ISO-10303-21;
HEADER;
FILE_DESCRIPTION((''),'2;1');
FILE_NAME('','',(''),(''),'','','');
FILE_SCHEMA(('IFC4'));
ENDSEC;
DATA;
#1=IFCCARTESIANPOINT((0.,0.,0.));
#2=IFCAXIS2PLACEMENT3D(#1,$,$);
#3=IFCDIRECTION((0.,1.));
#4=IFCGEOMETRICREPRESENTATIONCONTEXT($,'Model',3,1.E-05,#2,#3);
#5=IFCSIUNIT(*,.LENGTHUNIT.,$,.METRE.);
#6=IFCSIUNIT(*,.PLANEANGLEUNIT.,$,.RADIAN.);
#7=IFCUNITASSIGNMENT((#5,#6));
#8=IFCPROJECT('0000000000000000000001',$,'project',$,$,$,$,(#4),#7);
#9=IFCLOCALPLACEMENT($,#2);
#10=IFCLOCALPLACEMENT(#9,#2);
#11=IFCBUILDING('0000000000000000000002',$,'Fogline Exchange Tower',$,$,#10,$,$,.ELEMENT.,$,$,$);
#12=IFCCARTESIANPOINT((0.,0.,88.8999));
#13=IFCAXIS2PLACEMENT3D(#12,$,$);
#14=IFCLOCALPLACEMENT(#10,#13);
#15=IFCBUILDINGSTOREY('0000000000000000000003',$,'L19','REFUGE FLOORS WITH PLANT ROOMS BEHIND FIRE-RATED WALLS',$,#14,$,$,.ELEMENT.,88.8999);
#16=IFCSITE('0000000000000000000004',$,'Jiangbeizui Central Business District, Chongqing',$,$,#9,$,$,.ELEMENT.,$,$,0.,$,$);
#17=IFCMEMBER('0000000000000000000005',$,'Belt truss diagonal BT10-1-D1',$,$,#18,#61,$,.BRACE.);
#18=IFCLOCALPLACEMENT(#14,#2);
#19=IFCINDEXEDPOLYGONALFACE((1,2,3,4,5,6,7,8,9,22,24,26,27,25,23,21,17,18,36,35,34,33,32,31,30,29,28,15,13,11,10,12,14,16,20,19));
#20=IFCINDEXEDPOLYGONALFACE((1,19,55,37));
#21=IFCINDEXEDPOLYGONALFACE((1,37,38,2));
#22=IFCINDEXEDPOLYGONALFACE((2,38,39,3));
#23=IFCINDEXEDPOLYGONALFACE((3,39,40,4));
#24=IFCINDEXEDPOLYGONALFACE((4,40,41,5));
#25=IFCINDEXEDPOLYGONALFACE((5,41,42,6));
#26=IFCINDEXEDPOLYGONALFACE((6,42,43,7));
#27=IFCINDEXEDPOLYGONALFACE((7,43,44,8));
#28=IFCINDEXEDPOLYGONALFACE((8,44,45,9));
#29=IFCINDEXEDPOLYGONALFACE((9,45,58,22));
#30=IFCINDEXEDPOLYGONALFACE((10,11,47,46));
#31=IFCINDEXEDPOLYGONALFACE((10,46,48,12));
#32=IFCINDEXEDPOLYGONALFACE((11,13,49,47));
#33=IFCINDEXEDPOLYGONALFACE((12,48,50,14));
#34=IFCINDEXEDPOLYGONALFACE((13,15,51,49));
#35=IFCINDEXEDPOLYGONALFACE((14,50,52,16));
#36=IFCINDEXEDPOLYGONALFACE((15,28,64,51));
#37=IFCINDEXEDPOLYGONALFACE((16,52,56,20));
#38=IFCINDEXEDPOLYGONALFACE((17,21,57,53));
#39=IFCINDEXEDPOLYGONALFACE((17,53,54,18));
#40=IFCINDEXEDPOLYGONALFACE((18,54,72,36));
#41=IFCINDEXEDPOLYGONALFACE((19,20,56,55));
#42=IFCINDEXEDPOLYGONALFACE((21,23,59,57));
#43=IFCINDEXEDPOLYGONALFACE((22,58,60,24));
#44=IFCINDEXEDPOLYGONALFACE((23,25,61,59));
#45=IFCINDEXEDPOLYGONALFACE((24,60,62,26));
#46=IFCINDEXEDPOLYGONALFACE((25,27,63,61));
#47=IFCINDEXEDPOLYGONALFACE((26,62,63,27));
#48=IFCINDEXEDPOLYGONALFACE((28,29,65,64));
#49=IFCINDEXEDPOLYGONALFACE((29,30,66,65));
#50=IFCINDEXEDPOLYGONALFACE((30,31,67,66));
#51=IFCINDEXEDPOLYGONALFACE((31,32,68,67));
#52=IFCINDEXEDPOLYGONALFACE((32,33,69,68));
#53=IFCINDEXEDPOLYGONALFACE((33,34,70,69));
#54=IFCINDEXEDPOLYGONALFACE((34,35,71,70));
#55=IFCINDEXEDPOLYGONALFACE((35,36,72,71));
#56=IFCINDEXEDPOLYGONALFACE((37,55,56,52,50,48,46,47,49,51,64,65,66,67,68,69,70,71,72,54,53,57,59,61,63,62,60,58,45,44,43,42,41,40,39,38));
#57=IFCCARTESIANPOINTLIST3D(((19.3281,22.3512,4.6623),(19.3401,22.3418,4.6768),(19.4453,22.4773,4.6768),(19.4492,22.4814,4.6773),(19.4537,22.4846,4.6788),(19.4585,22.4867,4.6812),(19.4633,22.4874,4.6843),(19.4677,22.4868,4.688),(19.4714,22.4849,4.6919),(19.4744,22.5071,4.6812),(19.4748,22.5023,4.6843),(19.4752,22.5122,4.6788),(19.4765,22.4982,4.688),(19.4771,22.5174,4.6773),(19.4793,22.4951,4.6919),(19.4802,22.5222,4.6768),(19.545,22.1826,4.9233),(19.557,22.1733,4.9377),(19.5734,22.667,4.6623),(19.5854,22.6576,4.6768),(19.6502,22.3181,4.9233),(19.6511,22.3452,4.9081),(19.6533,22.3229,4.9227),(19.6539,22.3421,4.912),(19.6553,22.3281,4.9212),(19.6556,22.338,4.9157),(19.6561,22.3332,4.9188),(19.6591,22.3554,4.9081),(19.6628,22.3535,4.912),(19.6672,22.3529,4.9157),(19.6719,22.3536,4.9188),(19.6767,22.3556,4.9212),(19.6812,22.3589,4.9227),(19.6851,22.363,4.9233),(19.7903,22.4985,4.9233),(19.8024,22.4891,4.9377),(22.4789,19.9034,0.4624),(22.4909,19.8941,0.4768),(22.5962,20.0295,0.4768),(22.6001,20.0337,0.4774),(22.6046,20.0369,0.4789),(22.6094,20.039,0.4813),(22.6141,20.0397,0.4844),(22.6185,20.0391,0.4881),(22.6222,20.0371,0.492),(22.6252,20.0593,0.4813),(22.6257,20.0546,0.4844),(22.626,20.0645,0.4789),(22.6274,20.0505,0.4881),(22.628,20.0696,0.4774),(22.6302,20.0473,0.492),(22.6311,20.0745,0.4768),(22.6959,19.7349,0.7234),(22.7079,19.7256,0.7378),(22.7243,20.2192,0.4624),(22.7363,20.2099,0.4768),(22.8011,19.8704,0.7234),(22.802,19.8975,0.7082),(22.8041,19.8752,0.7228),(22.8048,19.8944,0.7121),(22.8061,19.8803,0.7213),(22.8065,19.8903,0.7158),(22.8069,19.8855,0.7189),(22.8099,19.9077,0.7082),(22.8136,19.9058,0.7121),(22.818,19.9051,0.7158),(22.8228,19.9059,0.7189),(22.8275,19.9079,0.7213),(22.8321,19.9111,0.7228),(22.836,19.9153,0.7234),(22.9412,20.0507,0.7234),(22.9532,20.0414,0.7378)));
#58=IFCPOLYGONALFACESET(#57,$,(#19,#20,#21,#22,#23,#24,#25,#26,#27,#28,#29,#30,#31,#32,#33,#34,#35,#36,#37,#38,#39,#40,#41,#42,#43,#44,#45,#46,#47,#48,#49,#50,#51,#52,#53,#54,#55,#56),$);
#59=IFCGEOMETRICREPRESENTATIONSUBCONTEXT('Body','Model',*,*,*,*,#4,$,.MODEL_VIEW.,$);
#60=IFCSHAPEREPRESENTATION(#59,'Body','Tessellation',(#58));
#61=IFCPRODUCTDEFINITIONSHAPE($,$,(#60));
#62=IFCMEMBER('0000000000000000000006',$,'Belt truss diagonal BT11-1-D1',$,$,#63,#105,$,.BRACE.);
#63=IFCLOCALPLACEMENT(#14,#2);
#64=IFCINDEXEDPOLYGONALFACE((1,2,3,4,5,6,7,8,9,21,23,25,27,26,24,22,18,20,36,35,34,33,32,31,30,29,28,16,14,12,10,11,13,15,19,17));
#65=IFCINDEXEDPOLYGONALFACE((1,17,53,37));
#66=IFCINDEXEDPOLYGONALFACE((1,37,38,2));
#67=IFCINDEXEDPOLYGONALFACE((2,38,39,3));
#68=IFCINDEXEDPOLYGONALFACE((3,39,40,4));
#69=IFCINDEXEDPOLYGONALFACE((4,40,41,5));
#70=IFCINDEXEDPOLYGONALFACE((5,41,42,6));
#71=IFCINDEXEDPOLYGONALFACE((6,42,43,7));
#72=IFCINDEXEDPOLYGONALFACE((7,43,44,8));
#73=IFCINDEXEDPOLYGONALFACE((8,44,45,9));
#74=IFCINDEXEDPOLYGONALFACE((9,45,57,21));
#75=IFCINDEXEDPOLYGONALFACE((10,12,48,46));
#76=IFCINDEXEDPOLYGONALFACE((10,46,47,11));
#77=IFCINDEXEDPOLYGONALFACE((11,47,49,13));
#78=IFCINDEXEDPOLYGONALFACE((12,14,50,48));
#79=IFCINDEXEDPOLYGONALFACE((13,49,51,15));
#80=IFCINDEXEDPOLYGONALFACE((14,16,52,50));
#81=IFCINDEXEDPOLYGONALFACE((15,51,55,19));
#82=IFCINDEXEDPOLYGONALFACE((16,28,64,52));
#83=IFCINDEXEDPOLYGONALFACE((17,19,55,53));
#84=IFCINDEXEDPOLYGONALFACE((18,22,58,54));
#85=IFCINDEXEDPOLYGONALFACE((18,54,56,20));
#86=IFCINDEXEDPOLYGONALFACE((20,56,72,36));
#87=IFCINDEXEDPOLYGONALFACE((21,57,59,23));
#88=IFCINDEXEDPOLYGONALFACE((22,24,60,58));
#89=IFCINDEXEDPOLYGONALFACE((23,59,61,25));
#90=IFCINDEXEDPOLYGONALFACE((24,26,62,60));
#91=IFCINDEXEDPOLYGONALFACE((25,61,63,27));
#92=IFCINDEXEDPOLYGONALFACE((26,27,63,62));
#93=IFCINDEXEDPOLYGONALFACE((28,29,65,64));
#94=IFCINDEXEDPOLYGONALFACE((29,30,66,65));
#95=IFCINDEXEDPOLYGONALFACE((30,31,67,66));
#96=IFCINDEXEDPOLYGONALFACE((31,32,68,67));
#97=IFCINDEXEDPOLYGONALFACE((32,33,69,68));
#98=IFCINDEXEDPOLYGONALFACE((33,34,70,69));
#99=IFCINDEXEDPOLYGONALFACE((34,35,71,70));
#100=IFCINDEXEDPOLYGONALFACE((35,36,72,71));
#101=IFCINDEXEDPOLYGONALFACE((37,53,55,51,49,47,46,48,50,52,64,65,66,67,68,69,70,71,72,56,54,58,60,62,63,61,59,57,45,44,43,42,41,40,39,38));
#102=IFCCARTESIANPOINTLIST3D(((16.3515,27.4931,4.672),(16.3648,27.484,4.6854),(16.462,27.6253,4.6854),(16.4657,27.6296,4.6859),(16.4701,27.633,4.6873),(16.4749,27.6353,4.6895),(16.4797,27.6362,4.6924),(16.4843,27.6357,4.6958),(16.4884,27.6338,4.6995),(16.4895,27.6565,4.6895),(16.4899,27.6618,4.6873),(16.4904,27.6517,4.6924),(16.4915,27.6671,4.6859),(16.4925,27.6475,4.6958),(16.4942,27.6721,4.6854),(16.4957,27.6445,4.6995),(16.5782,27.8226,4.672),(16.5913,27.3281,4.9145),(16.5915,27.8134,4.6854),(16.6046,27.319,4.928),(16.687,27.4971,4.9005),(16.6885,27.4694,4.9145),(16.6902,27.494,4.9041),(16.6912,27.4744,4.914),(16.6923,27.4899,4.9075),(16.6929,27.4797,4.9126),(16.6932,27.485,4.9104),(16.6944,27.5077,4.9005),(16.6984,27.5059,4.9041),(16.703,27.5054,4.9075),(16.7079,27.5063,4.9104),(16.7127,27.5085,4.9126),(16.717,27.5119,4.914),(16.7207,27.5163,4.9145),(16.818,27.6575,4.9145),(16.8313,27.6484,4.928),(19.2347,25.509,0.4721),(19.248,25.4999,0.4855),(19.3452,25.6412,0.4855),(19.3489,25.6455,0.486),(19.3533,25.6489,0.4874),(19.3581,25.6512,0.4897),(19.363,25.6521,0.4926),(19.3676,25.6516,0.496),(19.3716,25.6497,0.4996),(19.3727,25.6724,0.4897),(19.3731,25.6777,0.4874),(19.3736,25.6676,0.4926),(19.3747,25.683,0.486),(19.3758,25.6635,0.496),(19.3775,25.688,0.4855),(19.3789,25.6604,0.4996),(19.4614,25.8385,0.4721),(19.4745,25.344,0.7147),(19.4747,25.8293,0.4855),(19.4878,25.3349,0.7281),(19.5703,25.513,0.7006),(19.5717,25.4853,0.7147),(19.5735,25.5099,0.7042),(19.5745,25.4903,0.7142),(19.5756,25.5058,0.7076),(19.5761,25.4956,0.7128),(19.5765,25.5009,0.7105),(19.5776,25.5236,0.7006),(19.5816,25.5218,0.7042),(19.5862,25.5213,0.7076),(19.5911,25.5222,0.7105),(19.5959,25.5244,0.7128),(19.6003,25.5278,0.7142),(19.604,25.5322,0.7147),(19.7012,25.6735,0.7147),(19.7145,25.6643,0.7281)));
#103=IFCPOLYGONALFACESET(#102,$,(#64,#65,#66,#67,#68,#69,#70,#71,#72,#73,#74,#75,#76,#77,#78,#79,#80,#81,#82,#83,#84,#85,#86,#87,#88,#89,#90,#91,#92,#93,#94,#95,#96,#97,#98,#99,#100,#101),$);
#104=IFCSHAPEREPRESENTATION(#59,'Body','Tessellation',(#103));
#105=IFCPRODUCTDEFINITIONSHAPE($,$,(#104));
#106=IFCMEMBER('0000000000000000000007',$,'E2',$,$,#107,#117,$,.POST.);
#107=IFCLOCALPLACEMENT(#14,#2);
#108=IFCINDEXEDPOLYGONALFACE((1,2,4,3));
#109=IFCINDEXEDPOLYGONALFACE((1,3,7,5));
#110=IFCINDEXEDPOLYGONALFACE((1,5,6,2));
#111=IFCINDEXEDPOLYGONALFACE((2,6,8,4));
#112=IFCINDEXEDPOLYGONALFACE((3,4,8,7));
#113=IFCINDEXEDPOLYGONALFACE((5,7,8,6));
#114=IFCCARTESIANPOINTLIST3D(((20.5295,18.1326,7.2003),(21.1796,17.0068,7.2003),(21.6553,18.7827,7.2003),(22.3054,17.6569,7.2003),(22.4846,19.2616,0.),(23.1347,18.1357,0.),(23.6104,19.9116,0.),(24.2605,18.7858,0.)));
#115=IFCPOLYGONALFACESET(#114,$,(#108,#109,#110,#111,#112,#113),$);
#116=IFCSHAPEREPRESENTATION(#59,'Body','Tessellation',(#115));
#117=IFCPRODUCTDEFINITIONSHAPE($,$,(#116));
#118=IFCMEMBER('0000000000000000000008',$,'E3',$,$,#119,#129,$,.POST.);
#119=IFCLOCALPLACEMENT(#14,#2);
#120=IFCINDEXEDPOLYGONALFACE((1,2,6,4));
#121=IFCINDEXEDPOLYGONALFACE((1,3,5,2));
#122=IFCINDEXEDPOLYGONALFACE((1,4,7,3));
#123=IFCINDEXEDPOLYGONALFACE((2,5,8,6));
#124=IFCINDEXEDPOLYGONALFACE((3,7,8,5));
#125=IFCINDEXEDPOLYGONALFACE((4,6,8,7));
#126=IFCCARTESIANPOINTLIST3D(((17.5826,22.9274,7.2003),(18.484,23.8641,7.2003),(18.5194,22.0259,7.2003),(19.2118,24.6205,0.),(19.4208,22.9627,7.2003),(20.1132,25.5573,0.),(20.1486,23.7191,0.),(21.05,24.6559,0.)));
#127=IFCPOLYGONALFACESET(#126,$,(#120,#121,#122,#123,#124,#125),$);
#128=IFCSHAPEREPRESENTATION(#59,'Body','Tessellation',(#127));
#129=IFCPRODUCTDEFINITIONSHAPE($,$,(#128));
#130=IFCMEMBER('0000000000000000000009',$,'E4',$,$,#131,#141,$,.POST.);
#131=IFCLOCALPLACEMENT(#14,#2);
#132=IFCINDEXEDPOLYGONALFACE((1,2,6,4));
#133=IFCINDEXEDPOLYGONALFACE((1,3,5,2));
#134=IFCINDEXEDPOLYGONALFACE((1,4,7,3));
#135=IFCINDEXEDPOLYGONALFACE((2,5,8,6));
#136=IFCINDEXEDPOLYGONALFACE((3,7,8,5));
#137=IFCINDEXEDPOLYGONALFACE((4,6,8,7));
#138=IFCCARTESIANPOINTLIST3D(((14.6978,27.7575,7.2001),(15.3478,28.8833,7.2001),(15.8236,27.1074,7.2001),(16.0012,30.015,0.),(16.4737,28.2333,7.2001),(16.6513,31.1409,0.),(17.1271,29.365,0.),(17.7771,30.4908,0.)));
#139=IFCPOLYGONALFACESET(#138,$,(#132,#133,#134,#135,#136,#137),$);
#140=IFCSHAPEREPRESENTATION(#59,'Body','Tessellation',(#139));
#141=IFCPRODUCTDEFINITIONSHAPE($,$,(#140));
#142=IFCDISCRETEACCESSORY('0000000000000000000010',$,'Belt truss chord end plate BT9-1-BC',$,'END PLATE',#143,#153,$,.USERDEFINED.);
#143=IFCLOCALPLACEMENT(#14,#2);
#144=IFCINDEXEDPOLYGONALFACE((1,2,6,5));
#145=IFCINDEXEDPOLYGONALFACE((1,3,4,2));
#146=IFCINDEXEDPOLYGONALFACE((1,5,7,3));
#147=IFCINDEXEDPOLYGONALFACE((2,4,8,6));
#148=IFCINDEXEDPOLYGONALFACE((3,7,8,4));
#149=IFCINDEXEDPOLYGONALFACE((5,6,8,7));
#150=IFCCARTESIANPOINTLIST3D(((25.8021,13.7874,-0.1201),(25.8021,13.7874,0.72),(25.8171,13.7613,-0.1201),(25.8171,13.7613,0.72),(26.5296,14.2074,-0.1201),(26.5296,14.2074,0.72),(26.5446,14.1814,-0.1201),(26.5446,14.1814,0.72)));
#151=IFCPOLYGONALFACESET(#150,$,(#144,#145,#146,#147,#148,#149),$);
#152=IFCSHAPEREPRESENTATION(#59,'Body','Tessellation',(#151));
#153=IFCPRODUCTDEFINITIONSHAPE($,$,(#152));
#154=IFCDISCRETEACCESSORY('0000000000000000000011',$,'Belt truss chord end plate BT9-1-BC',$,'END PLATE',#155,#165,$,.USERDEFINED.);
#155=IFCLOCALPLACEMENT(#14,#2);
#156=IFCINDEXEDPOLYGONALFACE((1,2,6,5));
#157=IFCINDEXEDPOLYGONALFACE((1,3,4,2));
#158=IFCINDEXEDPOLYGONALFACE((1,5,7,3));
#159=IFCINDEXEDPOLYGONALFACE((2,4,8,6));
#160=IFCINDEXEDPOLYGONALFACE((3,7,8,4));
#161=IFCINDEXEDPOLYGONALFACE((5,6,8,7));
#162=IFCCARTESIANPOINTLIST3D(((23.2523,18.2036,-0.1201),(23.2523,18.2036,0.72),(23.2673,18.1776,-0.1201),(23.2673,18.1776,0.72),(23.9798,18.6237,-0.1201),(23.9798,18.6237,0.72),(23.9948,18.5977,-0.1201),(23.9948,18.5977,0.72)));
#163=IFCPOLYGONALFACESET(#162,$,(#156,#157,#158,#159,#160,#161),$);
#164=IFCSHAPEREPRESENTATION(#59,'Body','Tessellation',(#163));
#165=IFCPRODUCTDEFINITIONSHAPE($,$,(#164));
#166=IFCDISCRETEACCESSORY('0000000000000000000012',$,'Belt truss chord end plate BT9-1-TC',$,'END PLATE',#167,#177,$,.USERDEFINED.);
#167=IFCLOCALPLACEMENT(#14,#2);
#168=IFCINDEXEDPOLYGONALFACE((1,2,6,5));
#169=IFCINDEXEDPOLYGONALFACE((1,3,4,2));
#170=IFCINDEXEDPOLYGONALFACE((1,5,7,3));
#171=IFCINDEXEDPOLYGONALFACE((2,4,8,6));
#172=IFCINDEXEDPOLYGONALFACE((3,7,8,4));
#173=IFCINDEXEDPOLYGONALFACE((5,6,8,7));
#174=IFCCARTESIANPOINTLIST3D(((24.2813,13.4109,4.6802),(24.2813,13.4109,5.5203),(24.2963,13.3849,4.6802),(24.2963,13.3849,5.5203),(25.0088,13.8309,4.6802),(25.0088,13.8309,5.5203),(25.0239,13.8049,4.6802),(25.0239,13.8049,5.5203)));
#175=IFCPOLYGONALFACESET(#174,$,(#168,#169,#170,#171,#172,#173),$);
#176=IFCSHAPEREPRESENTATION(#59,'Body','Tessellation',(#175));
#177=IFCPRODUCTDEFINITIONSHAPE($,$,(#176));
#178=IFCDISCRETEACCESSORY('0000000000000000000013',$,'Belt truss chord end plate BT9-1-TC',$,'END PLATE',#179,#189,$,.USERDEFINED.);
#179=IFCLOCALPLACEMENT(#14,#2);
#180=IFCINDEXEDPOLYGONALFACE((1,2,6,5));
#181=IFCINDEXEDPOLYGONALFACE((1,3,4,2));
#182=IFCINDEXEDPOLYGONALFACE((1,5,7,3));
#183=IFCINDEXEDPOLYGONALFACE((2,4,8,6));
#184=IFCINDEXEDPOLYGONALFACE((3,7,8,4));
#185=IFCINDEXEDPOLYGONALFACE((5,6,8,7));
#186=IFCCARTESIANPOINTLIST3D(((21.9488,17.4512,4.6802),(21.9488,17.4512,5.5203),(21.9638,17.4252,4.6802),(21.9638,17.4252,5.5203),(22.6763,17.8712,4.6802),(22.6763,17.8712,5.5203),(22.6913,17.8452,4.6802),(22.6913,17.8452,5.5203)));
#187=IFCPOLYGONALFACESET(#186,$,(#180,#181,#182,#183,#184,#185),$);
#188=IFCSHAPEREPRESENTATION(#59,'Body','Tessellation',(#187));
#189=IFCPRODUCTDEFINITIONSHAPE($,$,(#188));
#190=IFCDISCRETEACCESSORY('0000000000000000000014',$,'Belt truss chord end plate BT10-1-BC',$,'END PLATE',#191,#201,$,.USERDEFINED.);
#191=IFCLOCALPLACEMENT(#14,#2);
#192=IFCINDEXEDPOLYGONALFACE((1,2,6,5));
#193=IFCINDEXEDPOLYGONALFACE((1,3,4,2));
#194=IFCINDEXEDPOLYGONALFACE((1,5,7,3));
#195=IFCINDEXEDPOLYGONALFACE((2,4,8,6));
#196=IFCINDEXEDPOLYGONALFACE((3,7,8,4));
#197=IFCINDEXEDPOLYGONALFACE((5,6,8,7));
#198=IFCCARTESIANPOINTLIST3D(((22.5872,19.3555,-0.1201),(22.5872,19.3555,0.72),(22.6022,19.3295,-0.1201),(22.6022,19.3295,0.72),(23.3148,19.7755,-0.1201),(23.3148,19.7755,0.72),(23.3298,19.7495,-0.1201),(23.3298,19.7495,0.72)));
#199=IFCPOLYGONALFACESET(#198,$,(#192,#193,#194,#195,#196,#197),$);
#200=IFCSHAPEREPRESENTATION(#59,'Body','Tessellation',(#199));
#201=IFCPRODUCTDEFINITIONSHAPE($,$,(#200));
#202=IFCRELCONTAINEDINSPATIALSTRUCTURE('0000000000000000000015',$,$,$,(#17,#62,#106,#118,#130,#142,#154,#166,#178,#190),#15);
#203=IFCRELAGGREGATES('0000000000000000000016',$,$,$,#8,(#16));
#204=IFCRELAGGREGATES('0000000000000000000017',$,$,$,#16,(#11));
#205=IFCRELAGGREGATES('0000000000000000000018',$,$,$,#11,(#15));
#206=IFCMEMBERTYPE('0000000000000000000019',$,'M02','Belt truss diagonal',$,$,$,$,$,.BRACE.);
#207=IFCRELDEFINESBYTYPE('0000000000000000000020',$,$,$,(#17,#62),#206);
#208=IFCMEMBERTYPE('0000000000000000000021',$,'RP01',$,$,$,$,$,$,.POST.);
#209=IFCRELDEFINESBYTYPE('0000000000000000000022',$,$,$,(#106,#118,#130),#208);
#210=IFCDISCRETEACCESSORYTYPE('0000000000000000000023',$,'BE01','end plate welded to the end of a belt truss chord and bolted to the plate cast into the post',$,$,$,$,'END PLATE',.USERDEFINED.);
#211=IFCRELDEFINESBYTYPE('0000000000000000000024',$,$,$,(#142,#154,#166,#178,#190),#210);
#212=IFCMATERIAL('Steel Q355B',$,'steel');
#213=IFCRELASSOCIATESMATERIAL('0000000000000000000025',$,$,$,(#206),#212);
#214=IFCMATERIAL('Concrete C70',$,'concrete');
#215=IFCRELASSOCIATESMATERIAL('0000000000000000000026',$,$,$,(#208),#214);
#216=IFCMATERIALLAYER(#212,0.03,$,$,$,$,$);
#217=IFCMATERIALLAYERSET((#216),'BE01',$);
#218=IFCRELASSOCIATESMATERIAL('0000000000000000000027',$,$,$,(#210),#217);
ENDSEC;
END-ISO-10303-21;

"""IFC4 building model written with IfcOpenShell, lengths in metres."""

from ifc_helpers import new_model, si_unit, direction, frame, origin, origin_2d, place, context, subcontext, project, spatial, rectangle, i_section, extrude, material, layer, layer_set, material_profile, profile_set, type_object, element, save


model = new_model("IFC4")

# Units and contexts
model_context = context("Model", 3, precision=1e-05, world=origin(), true_north=direction((0.0, 1.0)))
body_context = subcontext(model_context, "Body", "Model", "MODEL_VIEW")
ifc_project = project(units=[si_unit("LENGTHUNIT", "METRE"), si_unit("PLANEANGLEUNIT", "RADIAN")], contexts=[model_context])

# Site, building, storey
site_placement = place(None, origin())
site = spatial("IfcSite", under=ifc_project, at=site_placement, Name="Jiangbeizui Central Business District, Chongqing", CompositionType="ELEMENT", RefElevation=0.0)
building_placement = place(site_placement, origin())
building = spatial("IfcBuilding", under=site, at=building_placement, Name="Fogline Exchange Tower", CompositionType="ELEMENT")
storey_placement = place(building_placement, frame((0.0, 0.0, 88.8999)))
storey = spatial("IfcBuildingStorey", under=building, at=storey_placement, Name="L19", Description="REFUGE FLOORS WITH PLANT ROOMS BEHIND FIRE-RATED WALLS", CompositionType="ELEMENT", Elevation=88.8999)

# Members
ifc_material_1 = material(Name="Steel Q355B", Category="steel")
ifc_material_profile_1 = material_profile(ifc_material_1, i_section(OverallWidth=0.3999, OverallDepth=0.3999, WebThickness=0.0129, FlangeThickness=0.021, FilletRadius=0.022, at=origin_2d()), Name="HW400X400X13X21")
ifc_profile_set_1 = profile_set([ifc_material_profile_1], Name="Steel Q355B")
member_type_1 = type_object("IfcMemberType", Name="M02", Description="Belt truss diagonal", PredefinedType="BRACE", material=ifc_profile_set_1)
member_1_placement = place(storey_placement, frame((22.7161, 19.9724, 0.6001), z_axis=(-0.543909, 0.422535, 0.725002), x_axis=(-0.613483, -0.789708, 0.0)))
element("IfcMember", 1, at=member_1_placement, inside=storey, type_object=member_type_1, Name="Belt truss diagonal BT10-1-D1", PredefinedType="BRACE", context=body_context, shape_type="SweptSolid", body=[
    extrude(i_section(OverallWidth=0.3999, OverallDepth=0.3999, WebThickness=0.0129, FlangeThickness=0.021, FilletRadius=0.022, at=origin_2d()), origin(), (0.0, 0.0, 1.0), 5.793),
])
member_2_placement = place(storey_placement, frame((19.4746, 25.5867, 0.6001), z_axis=(-0.527386, 0.362918, 0.768215), x_axis=(-0.56689, -0.823794, 0.0)))
element("IfcMember", 2, at=member_2_placement, inside=storey, type_object=member_type_1, Name="Belt truss diagonal BT11-1-D1", PredefinedType="BRACE", context=body_context, shape_type="SweptSolid", body=[
    extrude(i_section(OverallWidth=0.3999, OverallDepth=0.3999, WebThickness=0.0129, FlangeThickness=0.021, FilletRadius=0.022, at=origin_2d()), origin(), (0.0, 0.0, 1.0), 5.467),
])
ifc_material_2 = material(Name="Concrete C70", Category="concrete")
ifc_material_profile_2 = material_profile(ifc_material_2, rectangle(XDim=1.3, YDim=1.3, at=origin_2d()), Name="RC 1300x1300")
ifc_profile_set_2 = profile_set([ifc_material_profile_2], Name="Concrete C70")
member_type_2 = type_object("IfcMemberType", Name="RP01", PredefinedType="POST", material=ifc_profile_set_2)
member_3_placement = place(storey_placement, frame((23.3726, 19.0237, 0.0), z_axis=(0.0, 0.0, 1.0), x_axis=(0.500047, -0.865998, 0.0)))
element("IfcMember", 3, at=member_3_placement, inside=storey, type_object=member_type_2, Name="E2", PredefinedType="POST", context=body_context, shape_type="SweptSolid", body=[
    extrude(rectangle(XDim=1.3, YDim=1.3, at=origin_2d()), origin(), (0.0, -0.299185, 0.954195), 7.5459),
])
member_4_placement = place(storey_placement, frame((20.1309, 24.6382, 0.0), z_axis=(0.0, 0.0, 1.0), x_axis=(0.720587, -0.693364, 0.0)))
element("IfcMember", 4, at=member_4_placement, inside=storey, type_object=member_type_2, Name="E3", PredefinedType="POST", context=body_context, shape_type="SweptSolid", body=[
    extrude(rectangle(XDim=1.3, YDim=1.3, at=origin_2d()), origin(), (0.0, -0.310229, 0.950662), 7.574),
])
member_5_placement = place(storey_placement, frame((16.8892, 30.2529, 0.0), z_axis=(0.0, 0.0, 1.0), x_axis=(0.866016, -0.500017, 0.0)))
element("IfcMember", 5, at=member_5_placement, inside=storey, type_object=member_type_2, Name="E4", PredefinedType="POST", context=body_context, shape_type="SweptSolid", body=[
    extrude(rectangle(XDim=1.3, YDim=1.3, at=origin_2d()), origin(), (0.0, -0.340427, 0.940271), 7.6575),
])

# Discrete accessories
ifc_layer = layer(ifc_material_1, 0.03)
ifc_layer_set = layer_set([ifc_layer], Name="BE01")
discrete_accessory_type = type_object("IfcDiscreteAccessoryType", Name="BE01", Description="end plate welded to the end of a belt truss chord and bolted to the plate cast into the post", ElementType="END PLATE", PredefinedType="USERDEFINED", material=ifc_layer_set)
for number, where, z_axis, x_axis, name in (
    (6, (26.1733, 13.9844, -0.1201), (0.0, 0.0, 1.0), (0.5, -0.866025, 0.0), "Belt truss chord end plate BT9-1-BC"),
    (7, (23.6235, 18.4006, -0.1201), (0.0, 0.0, 1.0), (-0.5, 0.866025, 0.0), "Belt truss chord end plate BT9-1-BC"),
    (8, (24.6526, 13.6079, 4.6802), (0.0, 0.0, 1.0), (0.5, -0.866025, 0.0), "Belt truss chord end plate BT9-1-TC"),
    (9, (22.3201, 17.6482, 4.6802), (0.0, 0.0, 1.0), (-0.5, 0.866025, 0.0), "Belt truss chord end plate BT9-1-TC"),
    (10, (22.9585, 19.5525, -0.1201), (0.0, 0.0, 1.0), (0.5, -0.866025, 0.0), "Belt truss chord end plate BT10-1-BC"),
):
    element("IfcDiscreteAccessory", number, at=place(storey_placement, frame(where, z_axis=z_axis, x_axis=x_axis)), inside=storey, type_object=discrete_accessory_type, Name=name, ObjectType="END PLATE", PredefinedType="USERDEFINED", context=body_context, shape_type="SweptSolid", body=[
        extrude(rectangle(XDim=0.03, YDim=0.8401, at=origin_2d()), origin(), (0.0, 0.0, 1.0), 0.8401),
    ])

save(model, "model.ifc")
